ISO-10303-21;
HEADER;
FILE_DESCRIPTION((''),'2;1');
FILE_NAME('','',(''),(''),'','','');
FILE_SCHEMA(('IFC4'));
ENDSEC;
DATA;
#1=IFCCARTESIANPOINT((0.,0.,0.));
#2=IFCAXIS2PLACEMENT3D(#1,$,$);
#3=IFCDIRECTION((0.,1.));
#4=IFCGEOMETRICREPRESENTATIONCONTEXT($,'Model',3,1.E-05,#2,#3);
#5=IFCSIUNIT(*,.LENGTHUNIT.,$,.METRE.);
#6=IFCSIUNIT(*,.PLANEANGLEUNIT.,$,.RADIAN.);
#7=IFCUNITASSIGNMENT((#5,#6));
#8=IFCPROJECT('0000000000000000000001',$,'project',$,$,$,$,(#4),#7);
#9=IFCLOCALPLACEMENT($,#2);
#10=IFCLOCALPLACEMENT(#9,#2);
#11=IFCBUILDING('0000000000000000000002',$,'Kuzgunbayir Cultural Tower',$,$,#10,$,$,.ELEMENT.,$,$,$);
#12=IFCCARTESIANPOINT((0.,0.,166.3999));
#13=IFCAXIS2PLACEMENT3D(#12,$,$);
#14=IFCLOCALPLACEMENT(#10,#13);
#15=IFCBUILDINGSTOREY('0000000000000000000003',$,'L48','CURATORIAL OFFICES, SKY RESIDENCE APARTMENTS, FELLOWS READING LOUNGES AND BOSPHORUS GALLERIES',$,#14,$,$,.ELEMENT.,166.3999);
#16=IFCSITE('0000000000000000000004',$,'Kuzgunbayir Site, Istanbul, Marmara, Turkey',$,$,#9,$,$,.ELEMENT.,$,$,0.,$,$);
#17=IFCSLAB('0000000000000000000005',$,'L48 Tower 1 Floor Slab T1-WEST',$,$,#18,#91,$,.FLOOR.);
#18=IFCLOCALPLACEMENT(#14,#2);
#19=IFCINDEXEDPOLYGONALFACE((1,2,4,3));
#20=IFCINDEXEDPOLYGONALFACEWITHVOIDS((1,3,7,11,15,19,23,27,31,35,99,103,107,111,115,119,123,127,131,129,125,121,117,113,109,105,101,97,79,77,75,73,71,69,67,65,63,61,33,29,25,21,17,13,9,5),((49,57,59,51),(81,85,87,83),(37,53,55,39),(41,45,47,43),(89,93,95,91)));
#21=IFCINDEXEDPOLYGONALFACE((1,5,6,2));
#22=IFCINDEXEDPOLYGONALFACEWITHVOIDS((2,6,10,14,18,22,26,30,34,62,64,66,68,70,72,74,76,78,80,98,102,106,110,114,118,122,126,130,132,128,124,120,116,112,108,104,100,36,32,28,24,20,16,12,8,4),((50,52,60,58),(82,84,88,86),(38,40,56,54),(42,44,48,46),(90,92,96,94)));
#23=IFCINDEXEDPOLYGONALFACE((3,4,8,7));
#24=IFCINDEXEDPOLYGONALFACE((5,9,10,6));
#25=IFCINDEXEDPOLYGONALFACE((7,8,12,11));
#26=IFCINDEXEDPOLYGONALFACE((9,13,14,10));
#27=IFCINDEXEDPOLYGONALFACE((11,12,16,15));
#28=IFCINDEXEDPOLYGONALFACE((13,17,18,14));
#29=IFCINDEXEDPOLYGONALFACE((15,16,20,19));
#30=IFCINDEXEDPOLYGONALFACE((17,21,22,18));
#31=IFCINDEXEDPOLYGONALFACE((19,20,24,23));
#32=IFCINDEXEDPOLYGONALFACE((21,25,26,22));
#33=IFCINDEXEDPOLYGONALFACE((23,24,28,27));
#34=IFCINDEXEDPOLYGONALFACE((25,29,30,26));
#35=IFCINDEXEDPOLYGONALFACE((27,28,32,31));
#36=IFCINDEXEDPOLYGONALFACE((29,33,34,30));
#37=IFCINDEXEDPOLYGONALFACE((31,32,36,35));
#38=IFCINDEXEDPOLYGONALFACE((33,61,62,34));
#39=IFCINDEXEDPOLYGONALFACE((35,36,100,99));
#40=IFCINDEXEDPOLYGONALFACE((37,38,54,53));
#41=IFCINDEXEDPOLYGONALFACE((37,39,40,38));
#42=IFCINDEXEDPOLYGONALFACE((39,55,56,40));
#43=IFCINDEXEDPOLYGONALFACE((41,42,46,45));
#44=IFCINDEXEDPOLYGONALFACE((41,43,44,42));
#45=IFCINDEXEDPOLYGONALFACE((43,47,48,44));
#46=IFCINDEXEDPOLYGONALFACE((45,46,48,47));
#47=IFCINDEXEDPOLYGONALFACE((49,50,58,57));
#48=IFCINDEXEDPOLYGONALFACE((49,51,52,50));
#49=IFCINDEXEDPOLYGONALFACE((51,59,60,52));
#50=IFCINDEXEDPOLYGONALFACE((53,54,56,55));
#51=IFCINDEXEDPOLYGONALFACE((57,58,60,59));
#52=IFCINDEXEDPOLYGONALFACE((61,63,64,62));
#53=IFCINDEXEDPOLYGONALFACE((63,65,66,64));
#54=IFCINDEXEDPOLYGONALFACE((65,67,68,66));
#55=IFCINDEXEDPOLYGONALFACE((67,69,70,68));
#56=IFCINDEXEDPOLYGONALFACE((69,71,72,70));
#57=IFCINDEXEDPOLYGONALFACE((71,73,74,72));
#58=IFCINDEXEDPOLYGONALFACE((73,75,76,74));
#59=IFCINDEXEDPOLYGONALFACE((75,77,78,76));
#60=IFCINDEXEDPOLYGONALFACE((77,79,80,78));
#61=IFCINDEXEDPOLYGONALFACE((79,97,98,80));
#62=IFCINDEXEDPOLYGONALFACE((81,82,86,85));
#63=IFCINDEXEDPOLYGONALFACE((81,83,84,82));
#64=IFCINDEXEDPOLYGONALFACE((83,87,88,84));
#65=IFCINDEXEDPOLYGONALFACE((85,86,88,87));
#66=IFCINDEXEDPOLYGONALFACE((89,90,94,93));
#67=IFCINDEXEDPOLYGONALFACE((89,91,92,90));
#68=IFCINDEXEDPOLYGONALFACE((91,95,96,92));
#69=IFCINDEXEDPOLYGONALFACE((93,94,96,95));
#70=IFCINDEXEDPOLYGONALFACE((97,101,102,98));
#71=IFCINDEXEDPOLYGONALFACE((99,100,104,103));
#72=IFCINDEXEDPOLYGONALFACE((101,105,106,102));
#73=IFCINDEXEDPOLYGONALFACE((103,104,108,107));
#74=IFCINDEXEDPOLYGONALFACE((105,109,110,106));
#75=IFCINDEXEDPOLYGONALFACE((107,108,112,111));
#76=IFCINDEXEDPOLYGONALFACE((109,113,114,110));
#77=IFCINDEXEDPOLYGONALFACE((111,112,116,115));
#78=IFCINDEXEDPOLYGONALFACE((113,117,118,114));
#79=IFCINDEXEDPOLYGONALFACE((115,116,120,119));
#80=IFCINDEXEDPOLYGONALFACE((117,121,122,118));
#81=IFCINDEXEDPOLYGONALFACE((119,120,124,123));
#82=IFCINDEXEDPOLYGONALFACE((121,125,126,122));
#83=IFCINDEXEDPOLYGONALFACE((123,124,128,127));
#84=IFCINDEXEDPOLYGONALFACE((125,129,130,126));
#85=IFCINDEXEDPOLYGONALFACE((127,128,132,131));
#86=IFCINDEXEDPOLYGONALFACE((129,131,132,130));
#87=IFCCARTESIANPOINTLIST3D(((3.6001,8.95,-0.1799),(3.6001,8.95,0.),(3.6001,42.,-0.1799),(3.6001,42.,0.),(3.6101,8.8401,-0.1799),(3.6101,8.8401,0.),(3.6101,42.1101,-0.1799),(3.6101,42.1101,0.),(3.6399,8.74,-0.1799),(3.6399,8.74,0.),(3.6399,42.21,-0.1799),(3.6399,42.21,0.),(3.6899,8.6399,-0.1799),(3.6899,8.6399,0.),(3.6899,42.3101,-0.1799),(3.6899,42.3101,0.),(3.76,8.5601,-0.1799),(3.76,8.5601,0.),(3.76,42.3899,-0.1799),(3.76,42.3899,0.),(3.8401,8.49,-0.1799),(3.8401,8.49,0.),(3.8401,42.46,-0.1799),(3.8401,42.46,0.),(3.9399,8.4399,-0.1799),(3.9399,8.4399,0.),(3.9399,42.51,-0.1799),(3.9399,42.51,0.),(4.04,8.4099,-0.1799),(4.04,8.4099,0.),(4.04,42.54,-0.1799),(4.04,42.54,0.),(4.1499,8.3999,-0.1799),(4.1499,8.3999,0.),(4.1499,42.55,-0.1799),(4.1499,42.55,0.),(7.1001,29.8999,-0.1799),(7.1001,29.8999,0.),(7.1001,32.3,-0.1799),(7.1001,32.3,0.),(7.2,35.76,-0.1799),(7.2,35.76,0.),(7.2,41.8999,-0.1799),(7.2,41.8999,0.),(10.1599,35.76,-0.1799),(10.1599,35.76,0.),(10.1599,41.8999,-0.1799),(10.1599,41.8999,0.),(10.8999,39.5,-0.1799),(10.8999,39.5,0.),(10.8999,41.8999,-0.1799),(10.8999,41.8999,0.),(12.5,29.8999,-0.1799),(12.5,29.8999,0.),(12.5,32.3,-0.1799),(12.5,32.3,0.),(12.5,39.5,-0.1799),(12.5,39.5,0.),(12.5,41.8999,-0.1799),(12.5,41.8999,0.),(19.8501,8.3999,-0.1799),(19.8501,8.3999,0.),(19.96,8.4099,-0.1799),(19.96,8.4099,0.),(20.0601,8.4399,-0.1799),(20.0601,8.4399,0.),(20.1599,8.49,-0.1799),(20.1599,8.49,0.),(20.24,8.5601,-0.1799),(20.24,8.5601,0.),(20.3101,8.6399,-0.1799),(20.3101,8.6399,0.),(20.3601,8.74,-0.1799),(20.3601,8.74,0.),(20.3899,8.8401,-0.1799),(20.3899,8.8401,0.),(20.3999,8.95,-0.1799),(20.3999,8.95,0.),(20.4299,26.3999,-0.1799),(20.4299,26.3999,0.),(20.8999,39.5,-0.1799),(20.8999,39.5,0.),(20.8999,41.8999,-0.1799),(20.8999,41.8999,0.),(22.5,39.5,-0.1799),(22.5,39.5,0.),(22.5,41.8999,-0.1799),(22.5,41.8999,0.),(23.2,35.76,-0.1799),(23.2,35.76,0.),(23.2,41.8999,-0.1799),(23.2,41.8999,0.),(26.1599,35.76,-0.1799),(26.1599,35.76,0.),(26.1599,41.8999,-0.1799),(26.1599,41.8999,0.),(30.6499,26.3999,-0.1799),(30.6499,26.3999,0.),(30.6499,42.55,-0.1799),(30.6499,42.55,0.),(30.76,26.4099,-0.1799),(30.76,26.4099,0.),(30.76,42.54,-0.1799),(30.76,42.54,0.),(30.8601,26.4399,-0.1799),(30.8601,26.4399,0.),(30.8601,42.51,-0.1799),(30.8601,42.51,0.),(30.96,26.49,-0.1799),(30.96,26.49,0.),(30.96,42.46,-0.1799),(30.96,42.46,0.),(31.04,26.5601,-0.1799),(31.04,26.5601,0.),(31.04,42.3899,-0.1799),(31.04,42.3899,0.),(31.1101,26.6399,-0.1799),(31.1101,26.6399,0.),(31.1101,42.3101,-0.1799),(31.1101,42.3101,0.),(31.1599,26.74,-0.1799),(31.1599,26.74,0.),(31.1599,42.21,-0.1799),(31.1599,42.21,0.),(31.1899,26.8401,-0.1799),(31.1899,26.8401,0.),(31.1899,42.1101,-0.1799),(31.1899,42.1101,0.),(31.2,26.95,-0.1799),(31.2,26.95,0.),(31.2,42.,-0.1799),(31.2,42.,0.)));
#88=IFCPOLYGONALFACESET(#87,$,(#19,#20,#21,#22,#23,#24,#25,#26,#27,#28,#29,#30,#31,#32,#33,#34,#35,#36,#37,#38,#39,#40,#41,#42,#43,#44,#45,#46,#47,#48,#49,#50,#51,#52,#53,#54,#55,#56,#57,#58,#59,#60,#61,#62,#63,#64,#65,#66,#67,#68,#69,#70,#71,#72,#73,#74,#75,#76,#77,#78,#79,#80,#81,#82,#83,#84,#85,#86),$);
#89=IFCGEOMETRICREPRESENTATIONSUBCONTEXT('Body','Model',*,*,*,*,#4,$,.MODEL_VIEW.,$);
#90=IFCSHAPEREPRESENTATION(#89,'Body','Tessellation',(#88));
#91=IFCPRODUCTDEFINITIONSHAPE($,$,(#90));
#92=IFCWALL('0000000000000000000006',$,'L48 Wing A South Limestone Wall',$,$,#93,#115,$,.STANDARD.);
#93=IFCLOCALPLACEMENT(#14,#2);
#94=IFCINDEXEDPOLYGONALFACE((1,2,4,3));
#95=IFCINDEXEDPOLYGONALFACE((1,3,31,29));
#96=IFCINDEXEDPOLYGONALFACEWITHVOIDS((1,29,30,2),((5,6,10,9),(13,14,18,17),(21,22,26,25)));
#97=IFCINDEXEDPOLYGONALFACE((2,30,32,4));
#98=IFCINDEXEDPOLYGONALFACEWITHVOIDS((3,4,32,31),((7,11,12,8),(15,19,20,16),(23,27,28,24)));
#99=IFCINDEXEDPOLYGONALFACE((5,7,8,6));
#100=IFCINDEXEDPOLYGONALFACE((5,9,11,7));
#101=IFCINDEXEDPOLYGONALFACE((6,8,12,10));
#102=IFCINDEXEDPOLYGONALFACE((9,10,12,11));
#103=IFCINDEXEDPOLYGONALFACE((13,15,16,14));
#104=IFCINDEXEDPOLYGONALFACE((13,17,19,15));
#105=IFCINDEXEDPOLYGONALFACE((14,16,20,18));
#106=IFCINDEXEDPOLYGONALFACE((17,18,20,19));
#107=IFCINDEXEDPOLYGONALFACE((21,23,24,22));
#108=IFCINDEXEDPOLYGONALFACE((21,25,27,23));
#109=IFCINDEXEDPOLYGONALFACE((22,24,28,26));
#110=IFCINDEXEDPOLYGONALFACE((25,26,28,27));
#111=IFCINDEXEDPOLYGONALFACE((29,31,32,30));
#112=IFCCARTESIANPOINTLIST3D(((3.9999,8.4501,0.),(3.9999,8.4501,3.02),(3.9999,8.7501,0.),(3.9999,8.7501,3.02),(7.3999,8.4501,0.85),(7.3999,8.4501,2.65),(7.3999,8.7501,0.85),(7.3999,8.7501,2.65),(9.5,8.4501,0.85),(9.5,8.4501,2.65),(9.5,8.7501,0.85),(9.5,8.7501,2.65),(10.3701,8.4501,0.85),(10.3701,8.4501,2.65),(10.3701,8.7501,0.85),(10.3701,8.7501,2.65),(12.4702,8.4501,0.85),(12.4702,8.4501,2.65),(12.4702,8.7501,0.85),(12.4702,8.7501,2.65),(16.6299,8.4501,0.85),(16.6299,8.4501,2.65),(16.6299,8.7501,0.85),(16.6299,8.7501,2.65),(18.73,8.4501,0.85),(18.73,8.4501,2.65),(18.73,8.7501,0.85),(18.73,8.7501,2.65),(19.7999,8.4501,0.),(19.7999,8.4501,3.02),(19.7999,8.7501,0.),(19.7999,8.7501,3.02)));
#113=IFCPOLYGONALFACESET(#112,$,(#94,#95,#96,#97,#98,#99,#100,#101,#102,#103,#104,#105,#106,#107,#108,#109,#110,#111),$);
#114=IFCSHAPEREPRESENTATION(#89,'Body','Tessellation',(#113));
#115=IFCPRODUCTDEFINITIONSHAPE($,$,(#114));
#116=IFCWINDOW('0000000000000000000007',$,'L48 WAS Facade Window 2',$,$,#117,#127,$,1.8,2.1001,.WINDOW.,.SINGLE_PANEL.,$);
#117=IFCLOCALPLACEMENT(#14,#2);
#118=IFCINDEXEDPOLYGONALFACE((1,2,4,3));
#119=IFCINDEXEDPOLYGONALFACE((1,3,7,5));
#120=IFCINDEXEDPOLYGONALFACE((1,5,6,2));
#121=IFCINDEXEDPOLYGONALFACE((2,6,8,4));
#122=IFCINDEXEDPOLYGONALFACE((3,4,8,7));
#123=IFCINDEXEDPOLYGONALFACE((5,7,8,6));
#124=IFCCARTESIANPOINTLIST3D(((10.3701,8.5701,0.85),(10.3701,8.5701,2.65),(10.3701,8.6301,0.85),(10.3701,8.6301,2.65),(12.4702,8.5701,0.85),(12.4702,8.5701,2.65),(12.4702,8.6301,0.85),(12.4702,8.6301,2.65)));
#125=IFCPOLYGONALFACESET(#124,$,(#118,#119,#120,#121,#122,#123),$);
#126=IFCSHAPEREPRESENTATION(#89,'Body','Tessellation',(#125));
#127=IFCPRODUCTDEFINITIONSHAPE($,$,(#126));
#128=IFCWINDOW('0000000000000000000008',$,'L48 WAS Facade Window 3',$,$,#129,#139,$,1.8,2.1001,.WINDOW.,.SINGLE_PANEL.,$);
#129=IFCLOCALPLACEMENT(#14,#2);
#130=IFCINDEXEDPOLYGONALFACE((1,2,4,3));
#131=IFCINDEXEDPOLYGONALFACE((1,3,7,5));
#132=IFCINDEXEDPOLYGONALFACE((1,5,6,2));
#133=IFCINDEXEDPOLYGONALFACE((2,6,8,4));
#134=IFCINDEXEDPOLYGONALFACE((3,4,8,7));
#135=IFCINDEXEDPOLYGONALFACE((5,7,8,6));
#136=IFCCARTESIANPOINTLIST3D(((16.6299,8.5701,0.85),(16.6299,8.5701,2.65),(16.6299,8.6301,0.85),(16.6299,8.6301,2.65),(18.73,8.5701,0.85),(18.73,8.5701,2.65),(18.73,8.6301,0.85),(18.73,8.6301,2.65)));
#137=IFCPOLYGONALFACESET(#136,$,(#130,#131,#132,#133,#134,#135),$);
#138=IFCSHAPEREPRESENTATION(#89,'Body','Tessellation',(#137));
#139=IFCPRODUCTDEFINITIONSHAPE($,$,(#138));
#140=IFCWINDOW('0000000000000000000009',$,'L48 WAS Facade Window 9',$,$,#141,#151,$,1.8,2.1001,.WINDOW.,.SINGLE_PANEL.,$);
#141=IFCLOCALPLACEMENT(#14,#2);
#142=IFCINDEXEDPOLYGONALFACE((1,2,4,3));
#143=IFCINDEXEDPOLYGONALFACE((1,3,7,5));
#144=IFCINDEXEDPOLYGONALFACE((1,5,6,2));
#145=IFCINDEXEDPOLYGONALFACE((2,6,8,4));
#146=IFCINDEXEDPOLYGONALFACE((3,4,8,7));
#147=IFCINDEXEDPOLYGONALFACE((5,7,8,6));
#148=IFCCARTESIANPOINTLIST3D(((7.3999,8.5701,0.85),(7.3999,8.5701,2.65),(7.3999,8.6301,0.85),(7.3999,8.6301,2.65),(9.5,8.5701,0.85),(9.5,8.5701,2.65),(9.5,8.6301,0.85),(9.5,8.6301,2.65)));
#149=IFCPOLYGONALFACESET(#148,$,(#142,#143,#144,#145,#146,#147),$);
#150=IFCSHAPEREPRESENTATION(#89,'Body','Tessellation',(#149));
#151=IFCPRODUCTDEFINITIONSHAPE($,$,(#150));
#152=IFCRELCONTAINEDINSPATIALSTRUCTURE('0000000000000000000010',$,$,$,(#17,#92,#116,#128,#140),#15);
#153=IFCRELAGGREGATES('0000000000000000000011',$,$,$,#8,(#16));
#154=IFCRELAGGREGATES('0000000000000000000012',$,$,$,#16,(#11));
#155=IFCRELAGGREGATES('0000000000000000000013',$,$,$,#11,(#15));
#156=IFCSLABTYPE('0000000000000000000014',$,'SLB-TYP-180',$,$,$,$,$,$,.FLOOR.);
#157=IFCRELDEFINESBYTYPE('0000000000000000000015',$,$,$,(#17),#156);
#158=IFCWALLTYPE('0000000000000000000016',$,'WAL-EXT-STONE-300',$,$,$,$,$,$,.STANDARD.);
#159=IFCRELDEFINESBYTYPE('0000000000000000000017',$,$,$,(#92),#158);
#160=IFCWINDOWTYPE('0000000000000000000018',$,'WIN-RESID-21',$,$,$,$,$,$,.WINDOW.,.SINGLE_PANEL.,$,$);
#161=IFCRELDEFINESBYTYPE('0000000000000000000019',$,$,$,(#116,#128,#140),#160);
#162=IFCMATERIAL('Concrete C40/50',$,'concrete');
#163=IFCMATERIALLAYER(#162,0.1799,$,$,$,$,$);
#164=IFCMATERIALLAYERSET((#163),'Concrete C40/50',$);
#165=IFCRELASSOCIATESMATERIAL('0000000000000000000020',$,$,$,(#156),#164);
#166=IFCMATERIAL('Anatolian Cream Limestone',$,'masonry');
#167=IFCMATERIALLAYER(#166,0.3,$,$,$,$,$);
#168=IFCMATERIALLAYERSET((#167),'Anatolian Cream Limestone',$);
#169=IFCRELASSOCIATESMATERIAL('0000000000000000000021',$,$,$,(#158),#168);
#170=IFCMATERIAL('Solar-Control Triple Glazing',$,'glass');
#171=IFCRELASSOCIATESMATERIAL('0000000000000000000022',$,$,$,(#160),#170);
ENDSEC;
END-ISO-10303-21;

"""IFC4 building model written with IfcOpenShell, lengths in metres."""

from ifc_helpers import new_model, si_unit, direction, frame, frame_2d, origin, place, context, subcontext, project, spatial, polyline, rectangle, outline, extrude, material, layer, layer_set, type_object, element, fill, save


model = new_model("IFC4")

# Units and contexts
model_context = context("Model", 3, precision=1e-05, world=origin(), true_north=direction((0.0, 1.0)))
body_context = subcontext(model_context, "Body", "Model", "MODEL_VIEW")
ifc_project = project(units=[si_unit("LENGTHUNIT", "METRE"), si_unit("PLANEANGLEUNIT", "RADIAN")], contexts=[model_context])

# Site, building, storey
site_placement = place(None, origin())
site = spatial("IfcSite", under=ifc_project, at=site_placement, Name="Kuzgunbayir Site, Istanbul, Marmara, Turkey", CompositionType="ELEMENT", RefElevation=0.0)
building_placement = place(site_placement, origin())
building = spatial("IfcBuilding", under=site, at=building_placement, Name="Kuzgunbayir Cultural Tower", CompositionType="ELEMENT")
storey_placement = place(building_placement, frame((0.0, 0.0, 166.3999)))
storey = spatial("IfcBuildingStorey", under=building, at=storey_placement, Name="L48", Description="CURATORIAL OFFICES, SKY RESIDENCE APARTMENTS, FELLOWS READING LOUNGES AND BOSPHORUS GALLERIES", CompositionType="ELEMENT", Elevation=166.3999)

# Shared definitions
ifc_material_1 = material(Name="Concrete C40/50", Category="concrete")

# Slab
ifc_layer_1 = layer(ifc_material_1, 0.1799)
ifc_layer_set_1 = layer_set([ifc_layer_1], Name="Concrete C40/50")
slab_type_1 = type_object("IfcSlabType", Name="SLB-TYP-180", PredefinedType="FLOOR", material=ifc_layer_set_1)
slab_1_placement = place(storey_placement, frame((0.0, 0.0, -0.1799)))
element("IfcSlab", 1, at=slab_1_placement, inside=storey, type_object=slab_type_1, Name="L48 Tower 1 Floor Slab T1-WEST", PredefinedType="FLOOR", context=body_context, shape_type="SweptSolid", body=[
    extrude(outline(polyline([(20.3999, 8.95), (20.3899, 8.8401), (20.3601, 8.74), (20.3101, 8.6399), (20.24, 8.5601), (20.1599, 8.49), (20.0601, 8.4399), (19.96, 8.4099), (19.8501, 8.3999), (4.1499, 8.3999), (4.04, 8.4099), (3.9399, 8.4399), (3.8401, 8.49), (3.76, 8.5601), (3.6899, 8.6399), (3.6399, 8.74), (3.6101, 8.8401), (3.6001, 8.95), (3.6001, 42.0), (3.6101, 42.1101), (3.6399, 42.21), (3.6899, 42.3101), (3.76, 42.3899), (3.8401, 42.46), (3.9399, 42.51), (4.04, 42.54), (4.1499, 42.55), (30.6499, 42.55), (30.76, 42.54), (30.8601, 42.51), (30.96, 42.46), (31.04, 42.3899), (31.1101, 42.3101), (31.1599, 42.21), (31.1899, 42.1101), (31.2, 42.0), (31.2, 26.95), (31.1899, 26.8401), (31.1599, 26.74), (31.1101, 26.6399), (31.04, 26.5601), (30.96, 26.49), (30.8601, 26.4399), (30.76, 26.4099), (30.6499, 26.3999), (20.4299, 26.3999), (20.3999, 8.95)]), holes=[polyline([(7.2, 35.76), (7.2, 41.8999), (10.1599, 41.8999), (10.1599, 35.76), (7.2, 35.76)]), polyline([(23.2, 35.76), (23.2, 41.8999), (26.1599, 41.8999), (26.1599, 35.76), (23.2, 35.76)]), polyline([(7.1001, 29.8999), (7.1001, 32.3), (12.5, 32.3), (12.5, 29.8999), (7.1001, 29.8999)]), polyline([(10.8999, 39.5), (10.8999, 41.8999), (12.5, 41.8999), (12.5, 39.5), (10.8999, 39.5)]), polyline([(20.8999, 39.5), (20.8999, 41.8999), (22.5, 41.8999), (22.5, 39.5), (20.8999, 39.5)])]), origin(), (0.0, 0.0, 1.0), 0.1799),
])

# Wall, openings, windows
ifc_material_2 = material(Name="Anatolian Cream Limestone", Category="masonry")
ifc_layer_2 = layer(ifc_material_2, 0.3)
ifc_layer_set_2 = layer_set([ifc_layer_2], Name="Anatolian Cream Limestone")
wall_type_1 = type_object("IfcWallType", Name="WAL-EXT-STONE-300", PredefinedType="STANDARD", material=ifc_layer_set_2)
wall_1_placement = place(storey_placement, frame((4.0, 8.6001, 0.0), z_axis=(0.0, 0.0, 1.0), x_axis=(1.0, 0.0, 0.0)))
wall_1 = element("IfcWall", 2, at=wall_1_placement, inside=storey, type_object=wall_type_1, Name="L48 Wing A South Limestone Wall", PredefinedType="STANDARD", context=body_context, shape_type="SweptSolid", body=[
    extrude(rectangle(XDim=15.8, YDim=0.3, at=frame_2d((7.8999, 0.0))), origin(), (0.0, 0.0, 1.0), 3.02),
])
opening_1_placement = place(wall_1_placement, frame((6.3701, 0.0, 0.8501)))
opening_1 = element("IfcOpeningElement", 3, at=opening_1_placement, cuts=wall_1, PredefinedType="OPENING", context=body_context, shape_type="SweptSolid", body=[
    extrude(rectangle(XDim=2.1001, YDim=1.8, at=frame_2d((1.05, 0.8999))), frame((0.0, 0.1602, 0.0), z_axis=(0.0, -1.0, 0.0), x_axis=(1.0, 0.0, 0.0)), (0.0, 0.0, 1.0), 0.3201),
])
opening_2_placement = place(wall_1_placement, frame((12.6299, 0.0, 0.8501)))
opening_2 = element("IfcOpeningElement", 4, at=opening_2_placement, cuts=wall_1, PredefinedType="OPENING", context=body_context, shape_type="SweptSolid", body=[
    extrude(rectangle(XDim=2.1001, YDim=1.8, at=frame_2d((1.05, 0.8999))), frame((0.0, 0.1602, 0.0), z_axis=(0.0, -1.0, 0.0), x_axis=(1.0, 0.0, 0.0)), (0.0, 0.0, 1.0), 0.3201),
])
opening_3_placement = place(wall_1_placement, frame((3.3999, 0.0, 0.8501)))
opening_3 = element("IfcOpeningElement", 5, at=opening_3_placement, cuts=wall_1, PredefinedType="OPENING", context=body_context, shape_type="SweptSolid", body=[
    extrude(rectangle(XDim=2.1001, YDim=1.8, at=frame_2d((1.05, 0.8999))), frame((0.0, 0.1602, 0.0), z_axis=(0.0, -1.0, 0.0), x_axis=(1.0, 0.0, 0.0)), (0.0, 0.0, 1.0), 0.3201),
])
ifc_material_3 = material(Name="Solar-Control Triple Glazing", Category="glass")
window_type = type_object("IfcWindowType", Name="WIN-RESID-21", PartitioningType="SINGLE_PANEL", PredefinedType="WINDOW", material=ifc_material_3)
window_1_placement = place(opening_1_placement, origin())
window_1 = element("IfcWindow", 6, at=window_1_placement, inside=storey, type_object=window_type, Name="L48 WAS Facade Window 2", OverallHeight=1.8, OverallWidth=2.1001, PartitioningType="SINGLE_PANEL", PredefinedType="WINDOW", context=body_context, shape_type="SweptSolid", body=[
    extrude(rectangle(XDim=2.1001, YDim=1.8, at=frame_2d((1.05, 0.8999))), frame((0.0, 0.03, 0.0), z_axis=(0.0, -1.0, 0.0), x_axis=(1.0, 0.0, 0.0)), (0.0, 0.0, 1.0), 0.0601),
])
fill(opening_1, window_1)
window_2_placement = place(opening_2_placement, origin())
window_2 = element("IfcWindow", 7, at=window_2_placement, inside=storey, type_object=window_type, Name="L48 WAS Facade Window 3", OverallHeight=1.8, OverallWidth=2.1001, PartitioningType="SINGLE_PANEL", PredefinedType="WINDOW", context=body_context, shape_type="SweptSolid", body=[
    extrude(rectangle(XDim=2.1001, YDim=1.8, at=frame_2d((1.05, 0.8999))), frame((0.0, 0.03, 0.0), z_axis=(0.0, -1.0, 0.0), x_axis=(1.0, 0.0, 0.0)), (0.0, 0.0, 1.0), 0.0601),
])
fill(opening_2, window_2)
window_3_placement = place(opening_3_placement, origin())
window_3 = element("IfcWindow", 8, at=window_3_placement, inside=storey, type_object=window_type, Name="L48 WAS Facade Window 9", OverallHeight=1.8, OverallWidth=2.1001, PartitioningType="SINGLE_PANEL", PredefinedType="WINDOW", context=body_context, shape_type="SweptSolid", body=[
    extrude(rectangle(XDim=2.1001, YDim=1.8, at=frame_2d((1.05, 0.8999))), frame((0.0, 0.03, 0.0), z_axis=(0.0, -1.0, 0.0), x_axis=(1.0, 0.0, 0.0)), (0.0, 0.0, 1.0), 0.0601),
])
fill(opening_3, window_3)

save(model, "model.ifc")
